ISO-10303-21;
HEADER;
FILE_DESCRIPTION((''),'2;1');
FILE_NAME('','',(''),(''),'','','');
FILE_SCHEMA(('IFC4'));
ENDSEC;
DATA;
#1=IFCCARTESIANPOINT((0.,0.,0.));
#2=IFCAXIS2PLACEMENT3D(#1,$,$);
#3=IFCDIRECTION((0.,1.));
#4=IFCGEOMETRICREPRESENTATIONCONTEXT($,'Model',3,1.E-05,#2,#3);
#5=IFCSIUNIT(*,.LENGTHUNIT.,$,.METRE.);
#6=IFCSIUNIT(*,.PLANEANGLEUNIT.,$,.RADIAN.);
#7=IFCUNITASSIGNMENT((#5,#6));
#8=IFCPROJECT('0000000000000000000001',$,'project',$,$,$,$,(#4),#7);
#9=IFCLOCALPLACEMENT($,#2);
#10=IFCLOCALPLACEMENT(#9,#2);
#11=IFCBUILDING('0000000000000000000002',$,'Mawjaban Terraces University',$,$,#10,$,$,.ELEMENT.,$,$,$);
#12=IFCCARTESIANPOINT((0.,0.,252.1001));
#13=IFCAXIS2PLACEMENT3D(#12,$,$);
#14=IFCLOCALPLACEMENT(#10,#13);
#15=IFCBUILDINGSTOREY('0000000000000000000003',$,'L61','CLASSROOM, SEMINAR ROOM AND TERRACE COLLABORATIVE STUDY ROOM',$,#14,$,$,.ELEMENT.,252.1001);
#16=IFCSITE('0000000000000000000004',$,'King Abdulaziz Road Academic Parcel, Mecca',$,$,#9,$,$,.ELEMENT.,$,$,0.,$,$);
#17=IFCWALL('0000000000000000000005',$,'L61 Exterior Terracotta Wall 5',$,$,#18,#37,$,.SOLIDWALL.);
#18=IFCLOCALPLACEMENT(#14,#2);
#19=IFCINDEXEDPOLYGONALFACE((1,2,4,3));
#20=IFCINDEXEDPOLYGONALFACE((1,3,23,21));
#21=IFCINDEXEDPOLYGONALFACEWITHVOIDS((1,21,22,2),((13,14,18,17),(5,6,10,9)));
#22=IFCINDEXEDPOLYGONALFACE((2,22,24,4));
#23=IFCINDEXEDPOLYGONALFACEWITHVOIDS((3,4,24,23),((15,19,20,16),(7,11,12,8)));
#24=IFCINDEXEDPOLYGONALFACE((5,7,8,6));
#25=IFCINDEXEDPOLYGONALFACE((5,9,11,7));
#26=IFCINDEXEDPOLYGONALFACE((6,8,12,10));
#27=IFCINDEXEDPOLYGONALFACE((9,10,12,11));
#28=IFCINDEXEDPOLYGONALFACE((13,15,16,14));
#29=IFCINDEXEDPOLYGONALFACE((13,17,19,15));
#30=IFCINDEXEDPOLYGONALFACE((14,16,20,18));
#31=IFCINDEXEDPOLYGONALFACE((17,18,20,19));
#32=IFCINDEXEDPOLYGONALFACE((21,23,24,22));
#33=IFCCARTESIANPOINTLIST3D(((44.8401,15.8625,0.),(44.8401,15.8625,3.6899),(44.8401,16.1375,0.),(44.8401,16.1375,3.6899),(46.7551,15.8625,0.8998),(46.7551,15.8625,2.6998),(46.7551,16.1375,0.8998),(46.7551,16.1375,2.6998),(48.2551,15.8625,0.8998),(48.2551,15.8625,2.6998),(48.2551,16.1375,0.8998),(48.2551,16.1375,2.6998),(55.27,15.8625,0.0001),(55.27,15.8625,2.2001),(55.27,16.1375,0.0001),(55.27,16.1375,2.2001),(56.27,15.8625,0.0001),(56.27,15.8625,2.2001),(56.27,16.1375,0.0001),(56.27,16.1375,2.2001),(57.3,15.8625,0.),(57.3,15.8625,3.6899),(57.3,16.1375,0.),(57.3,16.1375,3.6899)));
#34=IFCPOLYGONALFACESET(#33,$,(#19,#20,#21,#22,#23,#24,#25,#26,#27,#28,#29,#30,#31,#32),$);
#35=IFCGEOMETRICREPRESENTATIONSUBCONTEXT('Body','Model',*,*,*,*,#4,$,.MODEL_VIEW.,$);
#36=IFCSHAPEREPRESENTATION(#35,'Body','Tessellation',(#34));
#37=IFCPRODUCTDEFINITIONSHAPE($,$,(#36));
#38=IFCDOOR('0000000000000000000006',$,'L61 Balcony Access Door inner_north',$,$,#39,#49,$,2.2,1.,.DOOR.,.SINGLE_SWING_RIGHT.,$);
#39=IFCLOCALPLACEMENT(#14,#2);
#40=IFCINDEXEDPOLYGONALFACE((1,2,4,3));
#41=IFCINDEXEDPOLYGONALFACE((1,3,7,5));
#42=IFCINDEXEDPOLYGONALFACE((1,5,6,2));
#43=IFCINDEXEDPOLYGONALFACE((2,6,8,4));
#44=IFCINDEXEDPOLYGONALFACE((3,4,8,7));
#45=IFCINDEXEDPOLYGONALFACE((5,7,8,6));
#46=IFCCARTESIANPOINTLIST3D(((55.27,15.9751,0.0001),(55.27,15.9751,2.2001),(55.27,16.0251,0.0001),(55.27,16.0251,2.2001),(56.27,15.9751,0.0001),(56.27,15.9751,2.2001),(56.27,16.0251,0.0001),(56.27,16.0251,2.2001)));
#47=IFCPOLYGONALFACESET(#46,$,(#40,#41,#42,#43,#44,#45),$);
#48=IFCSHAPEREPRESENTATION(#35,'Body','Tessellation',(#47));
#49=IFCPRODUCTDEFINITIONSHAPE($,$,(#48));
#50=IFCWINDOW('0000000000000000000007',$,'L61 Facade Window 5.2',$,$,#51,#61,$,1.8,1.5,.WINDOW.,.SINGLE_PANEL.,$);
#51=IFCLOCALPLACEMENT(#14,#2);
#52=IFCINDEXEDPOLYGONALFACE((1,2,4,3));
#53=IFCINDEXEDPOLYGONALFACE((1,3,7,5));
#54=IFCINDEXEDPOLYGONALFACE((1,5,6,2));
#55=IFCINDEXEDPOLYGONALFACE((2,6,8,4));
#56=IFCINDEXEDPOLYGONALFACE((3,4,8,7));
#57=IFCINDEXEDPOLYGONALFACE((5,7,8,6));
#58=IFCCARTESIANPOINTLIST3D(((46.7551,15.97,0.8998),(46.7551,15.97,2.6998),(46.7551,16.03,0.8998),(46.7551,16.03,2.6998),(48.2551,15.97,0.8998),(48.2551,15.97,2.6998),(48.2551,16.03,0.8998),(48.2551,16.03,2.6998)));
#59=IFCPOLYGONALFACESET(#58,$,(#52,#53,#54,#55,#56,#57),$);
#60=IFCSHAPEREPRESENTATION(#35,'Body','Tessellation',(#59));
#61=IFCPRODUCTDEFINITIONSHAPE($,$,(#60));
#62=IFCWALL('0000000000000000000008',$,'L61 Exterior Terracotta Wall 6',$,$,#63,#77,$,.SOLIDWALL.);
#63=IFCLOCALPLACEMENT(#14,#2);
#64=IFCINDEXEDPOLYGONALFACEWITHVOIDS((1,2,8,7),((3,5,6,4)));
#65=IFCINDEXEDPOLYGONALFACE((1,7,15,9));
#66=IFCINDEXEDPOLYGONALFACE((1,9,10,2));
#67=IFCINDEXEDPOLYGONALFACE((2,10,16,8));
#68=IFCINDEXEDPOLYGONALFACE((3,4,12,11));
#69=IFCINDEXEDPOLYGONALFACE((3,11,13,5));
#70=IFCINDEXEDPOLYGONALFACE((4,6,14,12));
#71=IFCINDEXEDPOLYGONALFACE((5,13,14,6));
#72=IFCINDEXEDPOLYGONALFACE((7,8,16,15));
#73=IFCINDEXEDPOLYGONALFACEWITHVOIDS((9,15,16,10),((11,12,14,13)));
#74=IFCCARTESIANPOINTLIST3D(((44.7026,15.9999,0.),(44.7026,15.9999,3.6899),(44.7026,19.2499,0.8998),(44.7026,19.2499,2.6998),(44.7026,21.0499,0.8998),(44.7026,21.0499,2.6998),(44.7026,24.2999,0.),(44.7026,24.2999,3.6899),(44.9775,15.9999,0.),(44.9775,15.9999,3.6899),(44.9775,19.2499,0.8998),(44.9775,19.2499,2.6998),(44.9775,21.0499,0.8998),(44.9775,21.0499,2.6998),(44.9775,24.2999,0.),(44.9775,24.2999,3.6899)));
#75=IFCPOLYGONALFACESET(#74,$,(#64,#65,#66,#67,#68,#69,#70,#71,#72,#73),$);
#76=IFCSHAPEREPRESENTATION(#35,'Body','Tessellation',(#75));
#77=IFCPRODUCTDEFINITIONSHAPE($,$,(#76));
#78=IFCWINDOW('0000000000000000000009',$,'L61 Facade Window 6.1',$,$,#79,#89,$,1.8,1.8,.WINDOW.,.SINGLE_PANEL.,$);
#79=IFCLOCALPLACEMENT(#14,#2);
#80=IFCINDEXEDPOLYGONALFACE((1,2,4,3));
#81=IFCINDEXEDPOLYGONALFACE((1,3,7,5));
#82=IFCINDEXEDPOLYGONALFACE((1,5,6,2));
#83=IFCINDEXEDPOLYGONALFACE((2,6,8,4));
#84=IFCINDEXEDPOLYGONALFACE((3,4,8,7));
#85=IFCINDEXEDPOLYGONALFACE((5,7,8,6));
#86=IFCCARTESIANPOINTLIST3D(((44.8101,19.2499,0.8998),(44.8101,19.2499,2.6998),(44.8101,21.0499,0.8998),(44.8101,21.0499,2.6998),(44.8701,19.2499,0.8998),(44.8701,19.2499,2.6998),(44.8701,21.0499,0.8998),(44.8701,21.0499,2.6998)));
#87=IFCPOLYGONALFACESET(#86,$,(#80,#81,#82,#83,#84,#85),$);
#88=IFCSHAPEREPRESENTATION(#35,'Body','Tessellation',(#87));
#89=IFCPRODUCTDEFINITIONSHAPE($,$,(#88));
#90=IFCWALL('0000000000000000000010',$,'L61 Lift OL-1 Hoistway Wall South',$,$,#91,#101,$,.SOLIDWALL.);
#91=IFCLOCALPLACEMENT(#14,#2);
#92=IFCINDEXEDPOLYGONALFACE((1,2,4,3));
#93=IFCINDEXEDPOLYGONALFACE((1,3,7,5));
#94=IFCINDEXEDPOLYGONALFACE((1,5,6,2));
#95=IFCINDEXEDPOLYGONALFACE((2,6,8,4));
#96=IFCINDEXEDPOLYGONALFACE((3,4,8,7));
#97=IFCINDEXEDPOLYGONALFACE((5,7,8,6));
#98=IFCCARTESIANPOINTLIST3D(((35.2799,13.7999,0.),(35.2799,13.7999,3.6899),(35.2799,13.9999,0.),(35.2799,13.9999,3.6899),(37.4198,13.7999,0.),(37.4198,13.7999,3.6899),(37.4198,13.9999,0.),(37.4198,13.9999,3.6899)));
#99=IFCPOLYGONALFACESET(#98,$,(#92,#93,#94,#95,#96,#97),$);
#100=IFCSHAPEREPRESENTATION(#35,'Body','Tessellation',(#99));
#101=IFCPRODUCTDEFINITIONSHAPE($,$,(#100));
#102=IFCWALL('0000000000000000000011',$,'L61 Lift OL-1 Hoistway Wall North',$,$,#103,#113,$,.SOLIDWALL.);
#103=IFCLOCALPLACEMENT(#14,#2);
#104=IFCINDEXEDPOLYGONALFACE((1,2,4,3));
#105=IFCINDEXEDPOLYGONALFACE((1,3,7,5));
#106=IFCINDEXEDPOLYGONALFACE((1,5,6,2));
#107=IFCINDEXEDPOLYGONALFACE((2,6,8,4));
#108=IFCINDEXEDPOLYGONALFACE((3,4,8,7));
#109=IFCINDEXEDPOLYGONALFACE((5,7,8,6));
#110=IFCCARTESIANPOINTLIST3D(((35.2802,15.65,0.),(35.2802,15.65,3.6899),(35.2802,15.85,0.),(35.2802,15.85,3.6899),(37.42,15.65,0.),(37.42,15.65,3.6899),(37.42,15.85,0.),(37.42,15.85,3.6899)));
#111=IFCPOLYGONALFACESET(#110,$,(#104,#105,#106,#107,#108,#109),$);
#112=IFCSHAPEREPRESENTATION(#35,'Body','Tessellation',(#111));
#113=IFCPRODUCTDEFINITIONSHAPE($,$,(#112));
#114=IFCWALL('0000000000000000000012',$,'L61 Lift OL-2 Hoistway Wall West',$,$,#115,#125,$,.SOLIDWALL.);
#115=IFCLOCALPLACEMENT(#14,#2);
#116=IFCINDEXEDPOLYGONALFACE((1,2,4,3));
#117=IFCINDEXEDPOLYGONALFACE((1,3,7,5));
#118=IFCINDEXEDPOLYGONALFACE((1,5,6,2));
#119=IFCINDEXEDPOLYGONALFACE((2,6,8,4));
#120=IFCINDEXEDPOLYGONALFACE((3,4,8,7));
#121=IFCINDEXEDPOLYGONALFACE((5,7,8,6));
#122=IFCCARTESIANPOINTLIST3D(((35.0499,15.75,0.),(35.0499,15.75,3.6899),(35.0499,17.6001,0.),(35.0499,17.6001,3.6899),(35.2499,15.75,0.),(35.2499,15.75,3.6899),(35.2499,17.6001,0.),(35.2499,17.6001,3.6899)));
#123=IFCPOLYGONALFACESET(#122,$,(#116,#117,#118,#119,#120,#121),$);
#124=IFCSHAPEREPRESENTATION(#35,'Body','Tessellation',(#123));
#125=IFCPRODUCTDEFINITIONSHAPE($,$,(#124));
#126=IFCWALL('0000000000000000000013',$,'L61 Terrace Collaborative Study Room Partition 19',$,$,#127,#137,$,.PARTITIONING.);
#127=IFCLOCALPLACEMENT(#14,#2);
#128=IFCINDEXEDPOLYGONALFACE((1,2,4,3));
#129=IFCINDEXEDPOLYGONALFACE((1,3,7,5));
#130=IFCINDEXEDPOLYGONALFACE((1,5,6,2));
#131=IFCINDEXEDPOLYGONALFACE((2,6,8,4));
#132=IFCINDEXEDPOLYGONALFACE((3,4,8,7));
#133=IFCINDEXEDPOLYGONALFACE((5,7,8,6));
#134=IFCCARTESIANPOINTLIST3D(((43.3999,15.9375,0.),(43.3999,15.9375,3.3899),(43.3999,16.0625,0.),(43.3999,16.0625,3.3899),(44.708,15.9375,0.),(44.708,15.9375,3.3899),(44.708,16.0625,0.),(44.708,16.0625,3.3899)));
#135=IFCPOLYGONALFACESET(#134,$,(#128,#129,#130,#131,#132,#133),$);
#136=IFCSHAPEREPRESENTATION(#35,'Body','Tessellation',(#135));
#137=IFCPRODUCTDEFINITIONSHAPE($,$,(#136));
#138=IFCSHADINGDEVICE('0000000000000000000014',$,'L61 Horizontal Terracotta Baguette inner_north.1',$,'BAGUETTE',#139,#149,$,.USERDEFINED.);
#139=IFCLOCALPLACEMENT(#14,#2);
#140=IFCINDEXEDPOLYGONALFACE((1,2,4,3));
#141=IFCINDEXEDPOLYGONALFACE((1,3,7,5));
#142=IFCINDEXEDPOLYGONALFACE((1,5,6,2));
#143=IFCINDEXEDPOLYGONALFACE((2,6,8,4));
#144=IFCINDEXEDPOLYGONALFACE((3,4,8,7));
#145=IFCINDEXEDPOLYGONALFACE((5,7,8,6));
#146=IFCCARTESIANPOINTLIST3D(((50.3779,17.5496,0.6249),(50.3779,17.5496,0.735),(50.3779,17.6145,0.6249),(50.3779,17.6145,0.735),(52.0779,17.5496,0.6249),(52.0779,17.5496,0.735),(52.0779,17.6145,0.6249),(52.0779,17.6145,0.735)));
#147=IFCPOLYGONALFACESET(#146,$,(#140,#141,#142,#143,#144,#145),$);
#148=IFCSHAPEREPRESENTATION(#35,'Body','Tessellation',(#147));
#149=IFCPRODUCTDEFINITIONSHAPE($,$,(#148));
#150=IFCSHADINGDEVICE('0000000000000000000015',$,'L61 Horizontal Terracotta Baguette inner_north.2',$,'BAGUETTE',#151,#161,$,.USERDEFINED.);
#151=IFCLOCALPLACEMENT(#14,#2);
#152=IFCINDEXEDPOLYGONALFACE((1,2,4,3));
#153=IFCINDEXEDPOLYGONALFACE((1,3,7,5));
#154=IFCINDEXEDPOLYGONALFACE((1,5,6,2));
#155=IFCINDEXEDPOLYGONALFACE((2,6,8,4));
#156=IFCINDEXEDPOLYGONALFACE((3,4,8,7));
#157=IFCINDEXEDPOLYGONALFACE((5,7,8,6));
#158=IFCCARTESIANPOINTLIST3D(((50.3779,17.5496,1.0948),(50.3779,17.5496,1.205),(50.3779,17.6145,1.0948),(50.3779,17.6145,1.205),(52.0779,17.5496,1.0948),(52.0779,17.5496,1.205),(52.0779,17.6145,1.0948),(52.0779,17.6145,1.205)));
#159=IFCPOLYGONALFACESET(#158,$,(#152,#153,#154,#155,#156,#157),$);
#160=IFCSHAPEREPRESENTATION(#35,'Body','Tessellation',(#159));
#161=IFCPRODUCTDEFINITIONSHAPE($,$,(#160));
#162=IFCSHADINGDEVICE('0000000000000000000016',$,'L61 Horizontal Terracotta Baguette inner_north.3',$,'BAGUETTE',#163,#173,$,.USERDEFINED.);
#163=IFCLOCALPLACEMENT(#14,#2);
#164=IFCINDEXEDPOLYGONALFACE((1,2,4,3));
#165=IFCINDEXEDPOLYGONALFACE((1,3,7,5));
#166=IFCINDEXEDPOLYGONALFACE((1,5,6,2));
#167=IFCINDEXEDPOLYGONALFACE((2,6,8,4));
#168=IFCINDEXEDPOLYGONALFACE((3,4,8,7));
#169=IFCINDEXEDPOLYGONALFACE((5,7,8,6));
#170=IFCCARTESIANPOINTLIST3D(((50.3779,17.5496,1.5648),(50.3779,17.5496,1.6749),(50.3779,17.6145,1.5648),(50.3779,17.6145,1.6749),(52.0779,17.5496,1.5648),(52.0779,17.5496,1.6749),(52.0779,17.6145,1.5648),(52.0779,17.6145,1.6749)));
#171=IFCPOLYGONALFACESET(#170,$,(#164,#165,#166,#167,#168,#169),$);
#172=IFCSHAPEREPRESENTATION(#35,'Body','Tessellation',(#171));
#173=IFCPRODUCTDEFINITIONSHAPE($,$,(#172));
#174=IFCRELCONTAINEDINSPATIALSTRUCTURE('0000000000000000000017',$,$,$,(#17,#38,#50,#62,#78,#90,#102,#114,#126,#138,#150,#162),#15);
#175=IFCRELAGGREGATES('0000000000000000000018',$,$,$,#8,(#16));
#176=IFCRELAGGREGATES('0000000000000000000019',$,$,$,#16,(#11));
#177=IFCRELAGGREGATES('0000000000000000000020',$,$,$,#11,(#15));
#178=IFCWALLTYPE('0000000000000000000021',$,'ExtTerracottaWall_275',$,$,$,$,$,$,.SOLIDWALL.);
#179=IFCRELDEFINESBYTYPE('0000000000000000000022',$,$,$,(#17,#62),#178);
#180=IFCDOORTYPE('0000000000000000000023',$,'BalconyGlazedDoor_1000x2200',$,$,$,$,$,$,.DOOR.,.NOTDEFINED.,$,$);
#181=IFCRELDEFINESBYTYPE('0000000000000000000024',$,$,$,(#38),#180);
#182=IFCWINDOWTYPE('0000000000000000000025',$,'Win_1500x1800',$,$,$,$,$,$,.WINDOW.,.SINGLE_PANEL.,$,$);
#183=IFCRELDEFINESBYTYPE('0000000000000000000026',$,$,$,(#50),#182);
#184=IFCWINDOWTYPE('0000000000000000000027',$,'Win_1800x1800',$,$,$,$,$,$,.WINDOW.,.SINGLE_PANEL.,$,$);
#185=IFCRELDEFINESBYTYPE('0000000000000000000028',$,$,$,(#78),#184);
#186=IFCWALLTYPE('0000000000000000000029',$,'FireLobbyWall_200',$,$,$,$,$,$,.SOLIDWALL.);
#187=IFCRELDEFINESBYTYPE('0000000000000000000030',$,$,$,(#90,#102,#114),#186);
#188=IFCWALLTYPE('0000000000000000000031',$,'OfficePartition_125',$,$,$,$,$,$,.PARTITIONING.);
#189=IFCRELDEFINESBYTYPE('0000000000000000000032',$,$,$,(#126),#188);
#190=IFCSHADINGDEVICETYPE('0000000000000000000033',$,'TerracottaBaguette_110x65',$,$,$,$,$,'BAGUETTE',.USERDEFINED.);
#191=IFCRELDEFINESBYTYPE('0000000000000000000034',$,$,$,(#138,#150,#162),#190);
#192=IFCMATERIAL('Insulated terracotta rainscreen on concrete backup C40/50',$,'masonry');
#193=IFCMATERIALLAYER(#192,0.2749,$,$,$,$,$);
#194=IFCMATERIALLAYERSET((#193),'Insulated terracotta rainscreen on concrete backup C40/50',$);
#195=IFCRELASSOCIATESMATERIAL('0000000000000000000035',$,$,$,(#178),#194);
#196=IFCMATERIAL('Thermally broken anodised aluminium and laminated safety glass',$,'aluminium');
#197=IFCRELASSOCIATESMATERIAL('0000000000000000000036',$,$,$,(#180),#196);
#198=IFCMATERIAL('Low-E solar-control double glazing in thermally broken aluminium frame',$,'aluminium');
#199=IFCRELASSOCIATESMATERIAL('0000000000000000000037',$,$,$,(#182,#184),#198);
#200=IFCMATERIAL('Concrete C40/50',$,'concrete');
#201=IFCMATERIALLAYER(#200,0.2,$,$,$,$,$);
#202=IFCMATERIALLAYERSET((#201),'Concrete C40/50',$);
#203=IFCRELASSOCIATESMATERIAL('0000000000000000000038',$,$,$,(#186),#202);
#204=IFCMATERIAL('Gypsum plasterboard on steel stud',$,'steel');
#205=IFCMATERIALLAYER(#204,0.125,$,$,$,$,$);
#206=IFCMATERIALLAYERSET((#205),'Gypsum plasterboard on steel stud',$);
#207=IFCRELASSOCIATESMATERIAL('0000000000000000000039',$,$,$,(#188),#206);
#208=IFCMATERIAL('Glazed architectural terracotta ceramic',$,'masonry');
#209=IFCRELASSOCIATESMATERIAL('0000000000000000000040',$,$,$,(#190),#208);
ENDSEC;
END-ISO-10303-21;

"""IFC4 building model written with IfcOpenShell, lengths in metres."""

from ifc_helpers import new_model, si_unit, direction, frame, frame_2d, origin, origin_2d, place, context, subcontext, project, spatial, rectangle, extrude, material, layer, layer_set, material_profile, profile_set, type_object, element, fill, save


model = new_model("IFC4")

# Units and contexts
model_context = context("Model", 3, precision=1e-05, world=origin(), true_north=direction((0.0, 1.0)))
body_context = subcontext(model_context, "Body", "Model", "MODEL_VIEW")
ifc_project = project(units=[si_unit("LENGTHUNIT", "METRE"), si_unit("PLANEANGLEUNIT", "RADIAN")], contexts=[model_context])

# Site, building, storey
site_placement = place(None, origin())
site = spatial("IfcSite", under=ifc_project, at=site_placement, Name="King Abdulaziz Road Academic Parcel, Mecca", CompositionType="ELEMENT", RefElevation=0.0)
building_placement = place(site_placement, origin())
building = spatial("IfcBuilding", under=site, at=building_placement, Name="Mawjaban Terraces University", CompositionType="ELEMENT")
storey_placement = place(building_placement, frame((0.0, 0.0, 252.1001)))
storey = spatial("IfcBuildingStorey", under=building, at=storey_placement, Name="L61", Description="CLASSROOM, SEMINAR ROOM AND TERRACE COLLABORATIVE STUDY ROOM", CompositionType="ELEMENT", Elevation=252.1001)

# Wall, openings, door, window
ifc_material_1 = material(Name="Insulated terracotta rainscreen on concrete backup C40/50", Category="masonry")
ifc_layer_1 = layer(ifc_material_1, 0.2749)
ifc_layer_set_1 = layer_set([ifc_layer_1], Name="Insulated terracotta rainscreen on concrete backup C40/50")
wall_type_1 = type_object("IfcWallType", Name="ExtTerracottaWall_275", PredefinedType="SOLIDWALL", material=ifc_layer_set_1)
wall_1_placement = place(storey_placement, frame((57.3, 16.0, 0.0), z_axis=(0.0, 0.0, 1.0), x_axis=(-1.0, 0.0, 0.0)))
wall_1 = element("IfcWall", 1, at=wall_1_placement, inside=storey, type_object=wall_type_1, Name="L61 Exterior Terracotta Wall 5", PredefinedType="SOLIDWALL", context=body_context, shape_type="SweptSolid", body=[
    extrude(rectangle(XDim=12.46, YDim=0.2749, at=frame_2d((6.23, 0.0))), origin(), (0.0, 0.0, 1.0), 3.6899),
])
opening_1_placement = place(wall_1_placement, frame((1.03, 0.0, 0.0)))
opening_1 = element("IfcOpeningElement", 2, at=opening_1_placement, cuts=wall_1, PredefinedType="OPENING", context=body_context, shape_type="SweptSolid", body=[
    extrude(rectangle(XDim=1.0, YDim=2.2, at=frame_2d((0.5, 1.1001))), frame((0.0, 0.1475, 0.0), z_axis=(0.0, -1.0, 0.0), x_axis=(1.0, 0.0, 0.0)), (0.0, 0.0, 1.0), 0.2949),
])
opening_2_placement = place(wall_1_placement, frame((9.0449, 0.0, 0.8999)))
opening_2 = element("IfcOpeningElement", 3, at=opening_2_placement, cuts=wall_1, PredefinedType="OPENING", context=body_context, shape_type="SweptSolid", body=[
    extrude(rectangle(XDim=1.5, YDim=1.8, at=frame_2d((0.75, 0.8999))), frame((0.0, 0.1475, 0.0), z_axis=(0.0, -1.0, 0.0), x_axis=(1.0, 0.0, 0.0)), (0.0, 0.0, 1.0), 0.2949),
])
ifc_material_2 = material(Name="Thermally broken anodised aluminium and laminated safety glass", Category="aluminium")
door_type_1 = type_object("IfcDoorType", Name="BalconyGlazedDoor_1000x2200", OperationType="NOTDEFINED", PredefinedType="DOOR", material=ifc_material_2)
door_1_placement = place(opening_1_placement, origin())
door_1 = element("IfcDoor", 4, at=door_1_placement, inside=storey, type_object=door_type_1, Name="L61 Balcony Access Door inner_north", OperationType="SINGLE_SWING_RIGHT", OverallHeight=2.2, OverallWidth=1.0, PredefinedType="DOOR", context=body_context, shape_type="SweptSolid", body=[
    extrude(rectangle(XDim=1.0, YDim=2.2, at=frame_2d((0.5, 1.1001))), frame((0.0, 0.0249, 0.0), z_axis=(0.0, -1.0, 0.0), x_axis=(1.0, 0.0, 0.0)), (0.0, 0.0, 1.0), 0.05),
])
fill(opening_1, door_1)
ifc_material_3 = material(Name="Low-E solar-control double glazing in thermally broken aluminium frame", Category="aluminium")
window_type_1 = type_object("IfcWindowType", Name="Win_1500x1800", PartitioningType="SINGLE_PANEL", PredefinedType="WINDOW", material=ifc_material_3)
window_1_placement = place(opening_2_placement, origin())
window_1 = element("IfcWindow", 5, at=window_1_placement, inside=storey, type_object=window_type_1, Name="L61 Facade Window 5.2", OverallHeight=1.8, OverallWidth=1.5, PartitioningType="SINGLE_PANEL", PredefinedType="WINDOW", context=body_context, shape_type="SweptSolid", body=[
    extrude(rectangle(XDim=1.5, YDim=1.8, at=frame_2d((0.75, 0.8999))), frame((0.0, 0.03, 0.0), z_axis=(0.0, -1.0, 0.0), x_axis=(1.0, 0.0, 0.0)), (0.0, 0.0, 1.0), 0.0601),
])
fill(opening_2, window_1)

# Wall, opening, window
wall_2_placement = place(storey_placement, frame((44.8401, 16.0, 0.0), z_axis=(0.0, 0.0, 1.0), x_axis=(0.0, 1.0, 0.0)))
wall_2 = element("IfcWall", 6, at=wall_2_placement, inside=storey, type_object=wall_type_1, Name="L61 Exterior Terracotta Wall 6", PredefinedType="SOLIDWALL", context=body_context, shape_type="SweptSolid", body=[
    extrude(rectangle(XDim=8.3, YDim=0.2749, at=frame_2d((4.1499, 0.0))), origin(), (0.0, 0.0, 1.0), 3.6899),
])
opening_3_placement = place(wall_2_placement, frame((3.25, 0.0, 0.8999)))
opening_3 = element("IfcOpeningElement", 7, at=opening_3_placement, cuts=wall_2, PredefinedType="OPENING", context=body_context, shape_type="SweptSolid", body=[
    extrude(rectangle(XDim=1.8, YDim=1.8, at=frame_2d((0.8999, 0.8999))), frame((0.0, 0.1475, 0.0), z_axis=(0.0, -1.0, 0.0), x_axis=(1.0, 0.0, 0.0)), (0.0, 0.0, 1.0), 0.2949),
])
window_type_2 = type_object("IfcWindowType", Name="Win_1800x1800", PartitioningType="SINGLE_PANEL", PredefinedType="WINDOW", material=ifc_material_3)
window_2_placement = place(opening_3_placement, origin())
window_2 = element("IfcWindow", 8, at=window_2_placement, inside=storey, type_object=window_type_2, Name="L61 Facade Window 6.1", OverallHeight=1.8, OverallWidth=1.8, PartitioningType="SINGLE_PANEL", PredefinedType="WINDOW", context=body_context, shape_type="SweptSolid", body=[
    extrude(rectangle(XDim=1.8, YDim=1.8, at=frame_2d((0.8999, 0.8999))), frame((0.0, 0.03, 0.0), z_axis=(0.0, -1.0, 0.0), x_axis=(1.0, 0.0, 0.0)), (0.0, 0.0, 1.0), 0.0601),
])
fill(opening_3, window_2)

# Walls
ifc_material_4 = material(Name="Concrete C40/50", Category="concrete")
ifc_layer_2 = layer(ifc_material_4, 0.2)
ifc_layer_set_2 = layer_set([ifc_layer_2], Name="Concrete C40/50")
wall_type_2 = type_object("IfcWallType", Name="FireLobbyWall_200", PredefinedType="SOLIDWALL", material=ifc_layer_set_2)
for number, where, z_axis, x_axis, name in (
    (9, (35.28, 13.8999, 0.0), (0.0, 0.0, 1.0), (1.0, 0.0, 0.0), "L61 Lift OL-1 Hoistway Wall South"),
    (10, (37.4199, 15.75, 0.0), (0.0, 0.0, 1.0), (-1.0, 0.0, 0.0), "L61 Lift OL-1 Hoistway Wall North"),
):
    element("IfcWall", number, at=place(storey_placement, frame(where, z_axis=z_axis, x_axis=x_axis)), inside=storey, type_object=wall_type_2, Name=name, PredefinedType="SOLIDWALL", context=body_context, shape_type="SweptSolid", body=[
        extrude(rectangle(XDim=2.1399, YDim=0.2, at=frame_2d((1.0698, 0.0))), origin(), (0.0, 0.0, 1.0), 3.6899),
    ])
wall_3_placement = place(storey_placement, frame((35.1499, 17.6001, 0.0), z_axis=(0.0, 0.0, 1.0), x_axis=(0.0, -1.0, 0.0)))
element("IfcWall", 11, at=wall_3_placement, inside=storey, type_object=wall_type_2, Name="L61 Lift OL-2 Hoistway Wall West", PredefinedType="SOLIDWALL", context=body_context, shape_type="SweptSolid", body=[
    extrude(rectangle(XDim=1.8501, YDim=0.2, at=frame_2d((0.925, 0.0))), origin(), (0.0, 0.0, 1.0), 3.6899),
])
ifc_material_5 = material(Name="Gypsum plasterboard on steel stud", Category="steel")
ifc_layer_3 = layer(ifc_material_5, 0.125)
ifc_layer_set_3 = layer_set([ifc_layer_3], Name="Gypsum plasterboard on steel stud")
wall_type_3 = type_object("IfcWallType", Name="OfficePartition_125", PredefinedType="PARTITIONING", material=ifc_layer_set_3)
wall_4_placement = place(storey_placement, frame((43.3999, 16.0, 0.0), z_axis=(0.0, 0.0, 1.0), x_axis=(1.0, 0.0, 0.0)))
element("IfcWall", 12, at=wall_4_placement, inside=storey, type_object=wall_type_3, Name="L61 Terrace Collaborative Study Room Partition 19", PredefinedType="PARTITIONING", context=body_context, shape_type="SweptSolid", body=[
    extrude(rectangle(XDim=1.3081, YDim=0.125, at=frame_2d((0.6541, 0.0))), origin(), (0.0, 0.0, 1.0), 3.3899),
])

# Shading devices
ifc_material_6 = material(Name="Glazed architectural terracotta ceramic", Category="masonry")
ifc_material_profile_1 = material_profile(ifc_material_6, rectangle(XDim=0.0649, YDim=0.1101, at=origin_2d()), Name="TBAG110X65")
ifc_profile_set_1 = profile_set([ifc_material_profile_1], Name="Glazed architectural terracotta ceramic")
shading_device_type_1 = type_object("IfcShadingDeviceType", Name="TerracottaBaguette_110x65", ElementType="BAGUETTE", PredefinedType="USERDEFINED", material=ifc_profile_set_1)
for number, where, z_axis, x_axis, name in (
    (13, (50.3779, 17.582, 0.6799), (1.0, 0.0, 0.0), (0.0, 1.0, 0.0), "L61 Horizontal Terracotta Baguette inner_north.1"),
    (14, (50.3779, 17.582, 1.1499), (1.0, 0.0, 0.0), (0.0, 1.0, 0.0), "L61 Horizontal Terracotta Baguette inner_north.2"),
    (15, (50.3779, 17.582, 1.6199), (1.0, 0.0, 0.0), (0.0, 1.0, 0.0), "L61 Horizontal Terracotta Baguette inner_north.3"),
):
    element("IfcShadingDevice", number, at=place(storey_placement, frame(where, z_axis=z_axis, x_axis=x_axis)), inside=storey, type_object=shading_device_type_1, Name=name, ObjectType="BAGUETTE", PredefinedType="USERDEFINED", context=body_context, shape_type="SweptSolid", body=[
        extrude(rectangle(XDim=0.0649, YDim=0.1101, at=origin_2d()), origin(), (0.0, 0.0, 1.0), 1.7),
    ])

save(model, "model.ifc")
